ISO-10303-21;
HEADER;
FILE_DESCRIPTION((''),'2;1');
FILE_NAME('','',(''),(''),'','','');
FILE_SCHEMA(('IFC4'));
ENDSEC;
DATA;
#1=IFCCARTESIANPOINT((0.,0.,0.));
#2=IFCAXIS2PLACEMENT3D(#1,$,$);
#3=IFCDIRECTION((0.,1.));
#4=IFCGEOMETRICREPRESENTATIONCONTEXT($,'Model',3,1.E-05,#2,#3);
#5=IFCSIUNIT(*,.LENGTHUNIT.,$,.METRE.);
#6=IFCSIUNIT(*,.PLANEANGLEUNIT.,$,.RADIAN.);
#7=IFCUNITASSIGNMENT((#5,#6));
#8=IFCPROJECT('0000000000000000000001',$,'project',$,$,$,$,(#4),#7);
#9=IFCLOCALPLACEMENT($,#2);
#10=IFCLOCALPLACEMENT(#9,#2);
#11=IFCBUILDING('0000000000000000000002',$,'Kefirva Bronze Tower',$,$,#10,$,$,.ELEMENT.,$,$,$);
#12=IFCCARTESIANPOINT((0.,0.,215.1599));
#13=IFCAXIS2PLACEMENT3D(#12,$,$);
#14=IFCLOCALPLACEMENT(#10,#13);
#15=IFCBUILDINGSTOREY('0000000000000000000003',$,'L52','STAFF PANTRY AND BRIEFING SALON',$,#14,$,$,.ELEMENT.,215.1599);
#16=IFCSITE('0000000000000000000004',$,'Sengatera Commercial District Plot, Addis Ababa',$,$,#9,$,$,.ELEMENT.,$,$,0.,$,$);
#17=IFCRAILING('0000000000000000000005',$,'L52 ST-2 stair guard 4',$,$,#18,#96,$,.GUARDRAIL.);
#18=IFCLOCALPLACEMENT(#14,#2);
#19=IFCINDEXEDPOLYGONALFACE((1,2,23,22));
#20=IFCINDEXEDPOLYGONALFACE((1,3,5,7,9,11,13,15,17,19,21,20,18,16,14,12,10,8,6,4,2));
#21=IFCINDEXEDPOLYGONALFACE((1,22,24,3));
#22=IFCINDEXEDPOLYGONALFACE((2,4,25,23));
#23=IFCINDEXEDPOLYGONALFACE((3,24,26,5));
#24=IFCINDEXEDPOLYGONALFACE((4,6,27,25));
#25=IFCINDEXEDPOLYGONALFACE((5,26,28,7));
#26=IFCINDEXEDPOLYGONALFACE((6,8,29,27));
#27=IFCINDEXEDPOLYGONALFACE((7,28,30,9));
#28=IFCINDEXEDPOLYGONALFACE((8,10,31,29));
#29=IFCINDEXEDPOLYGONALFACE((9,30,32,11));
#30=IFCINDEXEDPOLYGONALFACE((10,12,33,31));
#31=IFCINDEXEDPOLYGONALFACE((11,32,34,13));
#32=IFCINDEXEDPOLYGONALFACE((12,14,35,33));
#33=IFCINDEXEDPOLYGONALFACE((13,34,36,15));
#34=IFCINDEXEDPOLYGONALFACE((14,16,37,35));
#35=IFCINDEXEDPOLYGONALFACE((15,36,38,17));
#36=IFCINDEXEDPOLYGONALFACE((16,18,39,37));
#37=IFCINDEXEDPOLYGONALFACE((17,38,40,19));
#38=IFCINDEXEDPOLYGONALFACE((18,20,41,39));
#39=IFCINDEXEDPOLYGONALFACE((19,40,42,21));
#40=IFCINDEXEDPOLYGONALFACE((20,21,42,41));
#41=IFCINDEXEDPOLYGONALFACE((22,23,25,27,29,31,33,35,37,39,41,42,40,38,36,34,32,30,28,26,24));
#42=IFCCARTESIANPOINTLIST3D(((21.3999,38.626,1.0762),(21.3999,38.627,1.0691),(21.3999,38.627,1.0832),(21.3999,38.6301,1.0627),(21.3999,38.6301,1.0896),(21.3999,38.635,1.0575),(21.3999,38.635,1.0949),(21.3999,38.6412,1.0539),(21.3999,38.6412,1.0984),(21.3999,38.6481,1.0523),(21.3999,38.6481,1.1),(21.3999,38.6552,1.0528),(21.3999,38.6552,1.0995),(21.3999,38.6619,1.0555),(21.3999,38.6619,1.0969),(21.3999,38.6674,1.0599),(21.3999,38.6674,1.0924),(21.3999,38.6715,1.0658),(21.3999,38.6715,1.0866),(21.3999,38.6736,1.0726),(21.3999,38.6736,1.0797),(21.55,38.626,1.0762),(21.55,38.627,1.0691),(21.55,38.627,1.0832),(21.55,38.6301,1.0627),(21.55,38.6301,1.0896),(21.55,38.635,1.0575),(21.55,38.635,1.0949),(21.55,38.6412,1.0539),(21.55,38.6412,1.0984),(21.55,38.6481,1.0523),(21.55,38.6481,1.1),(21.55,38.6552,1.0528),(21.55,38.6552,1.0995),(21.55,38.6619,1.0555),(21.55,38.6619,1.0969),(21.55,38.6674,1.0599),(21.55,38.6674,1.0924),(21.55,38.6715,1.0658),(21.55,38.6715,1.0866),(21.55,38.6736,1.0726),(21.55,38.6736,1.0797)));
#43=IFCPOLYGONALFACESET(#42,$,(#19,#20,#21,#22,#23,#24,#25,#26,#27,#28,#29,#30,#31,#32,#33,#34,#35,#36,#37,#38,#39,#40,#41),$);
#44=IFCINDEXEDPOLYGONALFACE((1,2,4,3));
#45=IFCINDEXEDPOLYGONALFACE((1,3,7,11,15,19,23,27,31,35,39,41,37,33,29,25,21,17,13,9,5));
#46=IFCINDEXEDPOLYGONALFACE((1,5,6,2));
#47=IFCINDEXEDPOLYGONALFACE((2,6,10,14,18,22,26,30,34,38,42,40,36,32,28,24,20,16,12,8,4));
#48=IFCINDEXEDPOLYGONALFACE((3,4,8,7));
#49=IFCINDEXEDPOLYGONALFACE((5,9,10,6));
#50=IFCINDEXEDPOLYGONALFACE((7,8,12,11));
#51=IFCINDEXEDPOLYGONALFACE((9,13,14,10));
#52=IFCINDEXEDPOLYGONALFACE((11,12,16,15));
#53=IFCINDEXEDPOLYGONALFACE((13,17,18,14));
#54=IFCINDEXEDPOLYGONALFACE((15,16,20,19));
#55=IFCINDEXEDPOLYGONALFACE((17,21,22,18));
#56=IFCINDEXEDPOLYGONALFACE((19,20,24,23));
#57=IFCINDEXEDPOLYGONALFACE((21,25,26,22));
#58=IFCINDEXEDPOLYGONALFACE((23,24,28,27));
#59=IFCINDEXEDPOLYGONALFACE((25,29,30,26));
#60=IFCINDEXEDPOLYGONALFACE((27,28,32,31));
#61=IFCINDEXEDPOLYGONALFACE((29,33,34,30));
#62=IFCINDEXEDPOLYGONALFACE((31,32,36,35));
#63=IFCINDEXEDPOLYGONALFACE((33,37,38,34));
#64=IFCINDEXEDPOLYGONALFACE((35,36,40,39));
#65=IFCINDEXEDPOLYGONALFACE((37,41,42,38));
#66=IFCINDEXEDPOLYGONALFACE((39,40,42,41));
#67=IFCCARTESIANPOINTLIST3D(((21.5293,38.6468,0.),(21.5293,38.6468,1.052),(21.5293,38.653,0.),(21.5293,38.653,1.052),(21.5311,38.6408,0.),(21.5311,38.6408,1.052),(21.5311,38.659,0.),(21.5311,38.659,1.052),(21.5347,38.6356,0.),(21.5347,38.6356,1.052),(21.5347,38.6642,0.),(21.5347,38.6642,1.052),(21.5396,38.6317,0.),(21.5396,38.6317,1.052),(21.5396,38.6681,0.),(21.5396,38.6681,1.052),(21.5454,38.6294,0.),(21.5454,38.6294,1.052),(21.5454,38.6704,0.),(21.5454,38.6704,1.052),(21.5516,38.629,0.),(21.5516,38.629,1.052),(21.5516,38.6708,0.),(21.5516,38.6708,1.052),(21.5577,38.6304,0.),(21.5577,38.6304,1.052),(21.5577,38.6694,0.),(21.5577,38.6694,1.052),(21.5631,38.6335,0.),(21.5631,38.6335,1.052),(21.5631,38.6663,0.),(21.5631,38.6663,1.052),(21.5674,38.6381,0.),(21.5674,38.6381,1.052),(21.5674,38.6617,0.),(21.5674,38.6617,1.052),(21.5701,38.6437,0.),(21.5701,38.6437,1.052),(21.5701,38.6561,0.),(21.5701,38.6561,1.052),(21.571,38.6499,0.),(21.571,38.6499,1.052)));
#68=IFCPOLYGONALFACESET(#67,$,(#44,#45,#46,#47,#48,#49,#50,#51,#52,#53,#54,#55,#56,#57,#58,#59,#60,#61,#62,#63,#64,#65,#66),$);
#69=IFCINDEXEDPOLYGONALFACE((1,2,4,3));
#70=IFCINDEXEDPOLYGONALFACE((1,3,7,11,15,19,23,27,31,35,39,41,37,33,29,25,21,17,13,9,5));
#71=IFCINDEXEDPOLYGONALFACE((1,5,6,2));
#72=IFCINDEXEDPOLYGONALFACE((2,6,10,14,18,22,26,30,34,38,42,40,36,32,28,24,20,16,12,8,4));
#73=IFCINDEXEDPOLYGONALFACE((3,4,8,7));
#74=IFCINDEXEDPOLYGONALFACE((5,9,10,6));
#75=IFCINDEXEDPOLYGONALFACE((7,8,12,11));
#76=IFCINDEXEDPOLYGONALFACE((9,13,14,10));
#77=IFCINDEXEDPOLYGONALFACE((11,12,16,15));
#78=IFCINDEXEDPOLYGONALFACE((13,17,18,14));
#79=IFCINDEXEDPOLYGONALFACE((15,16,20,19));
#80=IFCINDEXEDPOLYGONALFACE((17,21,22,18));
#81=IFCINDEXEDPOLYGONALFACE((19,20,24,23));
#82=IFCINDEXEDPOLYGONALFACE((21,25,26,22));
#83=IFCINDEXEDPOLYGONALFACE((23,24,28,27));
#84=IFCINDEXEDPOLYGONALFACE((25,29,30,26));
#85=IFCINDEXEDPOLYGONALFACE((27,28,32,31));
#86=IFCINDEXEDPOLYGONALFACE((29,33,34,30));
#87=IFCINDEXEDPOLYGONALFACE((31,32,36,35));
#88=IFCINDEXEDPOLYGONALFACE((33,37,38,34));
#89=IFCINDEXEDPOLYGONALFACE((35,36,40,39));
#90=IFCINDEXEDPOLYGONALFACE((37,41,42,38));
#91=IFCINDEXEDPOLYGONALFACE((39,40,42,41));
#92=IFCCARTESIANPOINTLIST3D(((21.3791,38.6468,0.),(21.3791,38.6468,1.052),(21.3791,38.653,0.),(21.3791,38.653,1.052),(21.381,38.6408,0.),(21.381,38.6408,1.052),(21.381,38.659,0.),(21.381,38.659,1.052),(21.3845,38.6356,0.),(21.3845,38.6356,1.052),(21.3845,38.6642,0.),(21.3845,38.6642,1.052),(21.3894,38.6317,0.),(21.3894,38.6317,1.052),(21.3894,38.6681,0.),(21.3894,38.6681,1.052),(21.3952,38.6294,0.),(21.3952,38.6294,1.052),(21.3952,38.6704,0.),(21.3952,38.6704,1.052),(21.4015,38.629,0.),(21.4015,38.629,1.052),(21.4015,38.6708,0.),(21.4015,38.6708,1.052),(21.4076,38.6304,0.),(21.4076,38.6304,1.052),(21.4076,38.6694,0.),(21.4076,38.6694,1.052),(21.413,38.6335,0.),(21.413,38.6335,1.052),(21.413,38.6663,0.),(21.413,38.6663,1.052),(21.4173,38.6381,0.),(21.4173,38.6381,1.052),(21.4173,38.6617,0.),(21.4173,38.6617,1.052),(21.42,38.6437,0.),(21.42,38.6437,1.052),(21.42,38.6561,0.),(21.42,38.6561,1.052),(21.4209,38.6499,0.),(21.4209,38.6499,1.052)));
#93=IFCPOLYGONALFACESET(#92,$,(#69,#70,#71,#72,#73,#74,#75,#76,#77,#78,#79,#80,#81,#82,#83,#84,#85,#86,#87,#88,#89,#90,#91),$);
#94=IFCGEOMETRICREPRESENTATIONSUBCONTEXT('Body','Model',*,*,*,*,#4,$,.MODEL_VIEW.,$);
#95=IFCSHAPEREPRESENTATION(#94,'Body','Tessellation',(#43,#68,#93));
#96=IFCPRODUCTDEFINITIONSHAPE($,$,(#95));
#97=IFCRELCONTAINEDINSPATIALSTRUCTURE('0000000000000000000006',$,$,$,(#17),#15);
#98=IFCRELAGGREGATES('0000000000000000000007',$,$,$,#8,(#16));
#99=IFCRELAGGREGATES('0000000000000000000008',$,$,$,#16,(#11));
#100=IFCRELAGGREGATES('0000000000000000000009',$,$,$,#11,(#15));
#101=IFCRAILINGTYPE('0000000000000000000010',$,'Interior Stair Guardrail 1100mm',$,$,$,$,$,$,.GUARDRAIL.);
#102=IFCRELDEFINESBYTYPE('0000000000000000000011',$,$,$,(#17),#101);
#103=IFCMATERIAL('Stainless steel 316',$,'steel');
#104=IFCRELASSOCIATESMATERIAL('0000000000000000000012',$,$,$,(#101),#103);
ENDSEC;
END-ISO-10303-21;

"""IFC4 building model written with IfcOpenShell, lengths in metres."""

from ifc_helpers import new_model, si_unit, direction, frame, origin, origin_2d, place, context, subcontext, project, spatial, circle, extrude, material, type_object, element, save


model = new_model("IFC4")

# Units and contexts
model_context = context("Model", 3, precision=1e-05, world=origin(), true_north=direction((0.0, 1.0)))
body_context = subcontext(model_context, "Body", "Model", "MODEL_VIEW")
ifc_project = project(units=[si_unit("LENGTHUNIT", "METRE"), si_unit("PLANEANGLEUNIT", "RADIAN")], contexts=[model_context])

# Site, building, storey
site_placement = place(None, origin())
site = spatial("IfcSite", under=ifc_project, at=site_placement, Name="Sengatera Commercial District Plot, Addis Ababa", CompositionType="ELEMENT", RefElevation=0.0)
building_placement = place(site_placement, origin())
building = spatial("IfcBuilding", under=site, at=building_placement, Name="Kefirva Bronze Tower", CompositionType="ELEMENT")
storey_placement = place(building_placement, frame((0.0, 0.0, 215.1599)))
storey = spatial("IfcBuildingStorey", under=building, at=storey_placement, Name="L52", Description="STAFF PANTRY AND BRIEFING SALON", CompositionType="ELEMENT", Elevation=215.1599)

# Shared definitions
ifc_material_1 = material(Name="Stainless steel 316", Category="steel")

# Railing
railing_type_1 = type_object("IfcRailingType", Name="Interior Stair Guardrail 1100mm", PredefinedType="GUARDRAIL", material=ifc_material_1)
railing_1_placement = place(storey_placement, frame((21.55, 38.6499, 0.0)))
element("IfcRailing", 1, at=railing_1_placement, inside=storey, type_object=railing_type_1, Name="L52 ST-2 stair guard 4", PredefinedType="GUARDRAIL", context=body_context, shape_type="SweptSolid", body=[
    extrude(circle(Radius=0.0239, at=origin_2d()), frame((0.0, 0.0, 1.0762), z_axis=(-1.0, 0.0, 0.0), x_axis=(0.0, -1.0, 0.0)), (0.0, 0.0, 1.0), 0.1501),
    extrude(circle(Radius=0.021, at=origin_2d()), origin(), (0.0, 0.0, 1.0), 1.052),
    extrude(circle(Radius=0.021, at=origin_2d()), frame((-0.1501, 0.0, 0.0)), (0.0, 0.0, 1.0), 1.052),
])

save(model, "model.ifc")
